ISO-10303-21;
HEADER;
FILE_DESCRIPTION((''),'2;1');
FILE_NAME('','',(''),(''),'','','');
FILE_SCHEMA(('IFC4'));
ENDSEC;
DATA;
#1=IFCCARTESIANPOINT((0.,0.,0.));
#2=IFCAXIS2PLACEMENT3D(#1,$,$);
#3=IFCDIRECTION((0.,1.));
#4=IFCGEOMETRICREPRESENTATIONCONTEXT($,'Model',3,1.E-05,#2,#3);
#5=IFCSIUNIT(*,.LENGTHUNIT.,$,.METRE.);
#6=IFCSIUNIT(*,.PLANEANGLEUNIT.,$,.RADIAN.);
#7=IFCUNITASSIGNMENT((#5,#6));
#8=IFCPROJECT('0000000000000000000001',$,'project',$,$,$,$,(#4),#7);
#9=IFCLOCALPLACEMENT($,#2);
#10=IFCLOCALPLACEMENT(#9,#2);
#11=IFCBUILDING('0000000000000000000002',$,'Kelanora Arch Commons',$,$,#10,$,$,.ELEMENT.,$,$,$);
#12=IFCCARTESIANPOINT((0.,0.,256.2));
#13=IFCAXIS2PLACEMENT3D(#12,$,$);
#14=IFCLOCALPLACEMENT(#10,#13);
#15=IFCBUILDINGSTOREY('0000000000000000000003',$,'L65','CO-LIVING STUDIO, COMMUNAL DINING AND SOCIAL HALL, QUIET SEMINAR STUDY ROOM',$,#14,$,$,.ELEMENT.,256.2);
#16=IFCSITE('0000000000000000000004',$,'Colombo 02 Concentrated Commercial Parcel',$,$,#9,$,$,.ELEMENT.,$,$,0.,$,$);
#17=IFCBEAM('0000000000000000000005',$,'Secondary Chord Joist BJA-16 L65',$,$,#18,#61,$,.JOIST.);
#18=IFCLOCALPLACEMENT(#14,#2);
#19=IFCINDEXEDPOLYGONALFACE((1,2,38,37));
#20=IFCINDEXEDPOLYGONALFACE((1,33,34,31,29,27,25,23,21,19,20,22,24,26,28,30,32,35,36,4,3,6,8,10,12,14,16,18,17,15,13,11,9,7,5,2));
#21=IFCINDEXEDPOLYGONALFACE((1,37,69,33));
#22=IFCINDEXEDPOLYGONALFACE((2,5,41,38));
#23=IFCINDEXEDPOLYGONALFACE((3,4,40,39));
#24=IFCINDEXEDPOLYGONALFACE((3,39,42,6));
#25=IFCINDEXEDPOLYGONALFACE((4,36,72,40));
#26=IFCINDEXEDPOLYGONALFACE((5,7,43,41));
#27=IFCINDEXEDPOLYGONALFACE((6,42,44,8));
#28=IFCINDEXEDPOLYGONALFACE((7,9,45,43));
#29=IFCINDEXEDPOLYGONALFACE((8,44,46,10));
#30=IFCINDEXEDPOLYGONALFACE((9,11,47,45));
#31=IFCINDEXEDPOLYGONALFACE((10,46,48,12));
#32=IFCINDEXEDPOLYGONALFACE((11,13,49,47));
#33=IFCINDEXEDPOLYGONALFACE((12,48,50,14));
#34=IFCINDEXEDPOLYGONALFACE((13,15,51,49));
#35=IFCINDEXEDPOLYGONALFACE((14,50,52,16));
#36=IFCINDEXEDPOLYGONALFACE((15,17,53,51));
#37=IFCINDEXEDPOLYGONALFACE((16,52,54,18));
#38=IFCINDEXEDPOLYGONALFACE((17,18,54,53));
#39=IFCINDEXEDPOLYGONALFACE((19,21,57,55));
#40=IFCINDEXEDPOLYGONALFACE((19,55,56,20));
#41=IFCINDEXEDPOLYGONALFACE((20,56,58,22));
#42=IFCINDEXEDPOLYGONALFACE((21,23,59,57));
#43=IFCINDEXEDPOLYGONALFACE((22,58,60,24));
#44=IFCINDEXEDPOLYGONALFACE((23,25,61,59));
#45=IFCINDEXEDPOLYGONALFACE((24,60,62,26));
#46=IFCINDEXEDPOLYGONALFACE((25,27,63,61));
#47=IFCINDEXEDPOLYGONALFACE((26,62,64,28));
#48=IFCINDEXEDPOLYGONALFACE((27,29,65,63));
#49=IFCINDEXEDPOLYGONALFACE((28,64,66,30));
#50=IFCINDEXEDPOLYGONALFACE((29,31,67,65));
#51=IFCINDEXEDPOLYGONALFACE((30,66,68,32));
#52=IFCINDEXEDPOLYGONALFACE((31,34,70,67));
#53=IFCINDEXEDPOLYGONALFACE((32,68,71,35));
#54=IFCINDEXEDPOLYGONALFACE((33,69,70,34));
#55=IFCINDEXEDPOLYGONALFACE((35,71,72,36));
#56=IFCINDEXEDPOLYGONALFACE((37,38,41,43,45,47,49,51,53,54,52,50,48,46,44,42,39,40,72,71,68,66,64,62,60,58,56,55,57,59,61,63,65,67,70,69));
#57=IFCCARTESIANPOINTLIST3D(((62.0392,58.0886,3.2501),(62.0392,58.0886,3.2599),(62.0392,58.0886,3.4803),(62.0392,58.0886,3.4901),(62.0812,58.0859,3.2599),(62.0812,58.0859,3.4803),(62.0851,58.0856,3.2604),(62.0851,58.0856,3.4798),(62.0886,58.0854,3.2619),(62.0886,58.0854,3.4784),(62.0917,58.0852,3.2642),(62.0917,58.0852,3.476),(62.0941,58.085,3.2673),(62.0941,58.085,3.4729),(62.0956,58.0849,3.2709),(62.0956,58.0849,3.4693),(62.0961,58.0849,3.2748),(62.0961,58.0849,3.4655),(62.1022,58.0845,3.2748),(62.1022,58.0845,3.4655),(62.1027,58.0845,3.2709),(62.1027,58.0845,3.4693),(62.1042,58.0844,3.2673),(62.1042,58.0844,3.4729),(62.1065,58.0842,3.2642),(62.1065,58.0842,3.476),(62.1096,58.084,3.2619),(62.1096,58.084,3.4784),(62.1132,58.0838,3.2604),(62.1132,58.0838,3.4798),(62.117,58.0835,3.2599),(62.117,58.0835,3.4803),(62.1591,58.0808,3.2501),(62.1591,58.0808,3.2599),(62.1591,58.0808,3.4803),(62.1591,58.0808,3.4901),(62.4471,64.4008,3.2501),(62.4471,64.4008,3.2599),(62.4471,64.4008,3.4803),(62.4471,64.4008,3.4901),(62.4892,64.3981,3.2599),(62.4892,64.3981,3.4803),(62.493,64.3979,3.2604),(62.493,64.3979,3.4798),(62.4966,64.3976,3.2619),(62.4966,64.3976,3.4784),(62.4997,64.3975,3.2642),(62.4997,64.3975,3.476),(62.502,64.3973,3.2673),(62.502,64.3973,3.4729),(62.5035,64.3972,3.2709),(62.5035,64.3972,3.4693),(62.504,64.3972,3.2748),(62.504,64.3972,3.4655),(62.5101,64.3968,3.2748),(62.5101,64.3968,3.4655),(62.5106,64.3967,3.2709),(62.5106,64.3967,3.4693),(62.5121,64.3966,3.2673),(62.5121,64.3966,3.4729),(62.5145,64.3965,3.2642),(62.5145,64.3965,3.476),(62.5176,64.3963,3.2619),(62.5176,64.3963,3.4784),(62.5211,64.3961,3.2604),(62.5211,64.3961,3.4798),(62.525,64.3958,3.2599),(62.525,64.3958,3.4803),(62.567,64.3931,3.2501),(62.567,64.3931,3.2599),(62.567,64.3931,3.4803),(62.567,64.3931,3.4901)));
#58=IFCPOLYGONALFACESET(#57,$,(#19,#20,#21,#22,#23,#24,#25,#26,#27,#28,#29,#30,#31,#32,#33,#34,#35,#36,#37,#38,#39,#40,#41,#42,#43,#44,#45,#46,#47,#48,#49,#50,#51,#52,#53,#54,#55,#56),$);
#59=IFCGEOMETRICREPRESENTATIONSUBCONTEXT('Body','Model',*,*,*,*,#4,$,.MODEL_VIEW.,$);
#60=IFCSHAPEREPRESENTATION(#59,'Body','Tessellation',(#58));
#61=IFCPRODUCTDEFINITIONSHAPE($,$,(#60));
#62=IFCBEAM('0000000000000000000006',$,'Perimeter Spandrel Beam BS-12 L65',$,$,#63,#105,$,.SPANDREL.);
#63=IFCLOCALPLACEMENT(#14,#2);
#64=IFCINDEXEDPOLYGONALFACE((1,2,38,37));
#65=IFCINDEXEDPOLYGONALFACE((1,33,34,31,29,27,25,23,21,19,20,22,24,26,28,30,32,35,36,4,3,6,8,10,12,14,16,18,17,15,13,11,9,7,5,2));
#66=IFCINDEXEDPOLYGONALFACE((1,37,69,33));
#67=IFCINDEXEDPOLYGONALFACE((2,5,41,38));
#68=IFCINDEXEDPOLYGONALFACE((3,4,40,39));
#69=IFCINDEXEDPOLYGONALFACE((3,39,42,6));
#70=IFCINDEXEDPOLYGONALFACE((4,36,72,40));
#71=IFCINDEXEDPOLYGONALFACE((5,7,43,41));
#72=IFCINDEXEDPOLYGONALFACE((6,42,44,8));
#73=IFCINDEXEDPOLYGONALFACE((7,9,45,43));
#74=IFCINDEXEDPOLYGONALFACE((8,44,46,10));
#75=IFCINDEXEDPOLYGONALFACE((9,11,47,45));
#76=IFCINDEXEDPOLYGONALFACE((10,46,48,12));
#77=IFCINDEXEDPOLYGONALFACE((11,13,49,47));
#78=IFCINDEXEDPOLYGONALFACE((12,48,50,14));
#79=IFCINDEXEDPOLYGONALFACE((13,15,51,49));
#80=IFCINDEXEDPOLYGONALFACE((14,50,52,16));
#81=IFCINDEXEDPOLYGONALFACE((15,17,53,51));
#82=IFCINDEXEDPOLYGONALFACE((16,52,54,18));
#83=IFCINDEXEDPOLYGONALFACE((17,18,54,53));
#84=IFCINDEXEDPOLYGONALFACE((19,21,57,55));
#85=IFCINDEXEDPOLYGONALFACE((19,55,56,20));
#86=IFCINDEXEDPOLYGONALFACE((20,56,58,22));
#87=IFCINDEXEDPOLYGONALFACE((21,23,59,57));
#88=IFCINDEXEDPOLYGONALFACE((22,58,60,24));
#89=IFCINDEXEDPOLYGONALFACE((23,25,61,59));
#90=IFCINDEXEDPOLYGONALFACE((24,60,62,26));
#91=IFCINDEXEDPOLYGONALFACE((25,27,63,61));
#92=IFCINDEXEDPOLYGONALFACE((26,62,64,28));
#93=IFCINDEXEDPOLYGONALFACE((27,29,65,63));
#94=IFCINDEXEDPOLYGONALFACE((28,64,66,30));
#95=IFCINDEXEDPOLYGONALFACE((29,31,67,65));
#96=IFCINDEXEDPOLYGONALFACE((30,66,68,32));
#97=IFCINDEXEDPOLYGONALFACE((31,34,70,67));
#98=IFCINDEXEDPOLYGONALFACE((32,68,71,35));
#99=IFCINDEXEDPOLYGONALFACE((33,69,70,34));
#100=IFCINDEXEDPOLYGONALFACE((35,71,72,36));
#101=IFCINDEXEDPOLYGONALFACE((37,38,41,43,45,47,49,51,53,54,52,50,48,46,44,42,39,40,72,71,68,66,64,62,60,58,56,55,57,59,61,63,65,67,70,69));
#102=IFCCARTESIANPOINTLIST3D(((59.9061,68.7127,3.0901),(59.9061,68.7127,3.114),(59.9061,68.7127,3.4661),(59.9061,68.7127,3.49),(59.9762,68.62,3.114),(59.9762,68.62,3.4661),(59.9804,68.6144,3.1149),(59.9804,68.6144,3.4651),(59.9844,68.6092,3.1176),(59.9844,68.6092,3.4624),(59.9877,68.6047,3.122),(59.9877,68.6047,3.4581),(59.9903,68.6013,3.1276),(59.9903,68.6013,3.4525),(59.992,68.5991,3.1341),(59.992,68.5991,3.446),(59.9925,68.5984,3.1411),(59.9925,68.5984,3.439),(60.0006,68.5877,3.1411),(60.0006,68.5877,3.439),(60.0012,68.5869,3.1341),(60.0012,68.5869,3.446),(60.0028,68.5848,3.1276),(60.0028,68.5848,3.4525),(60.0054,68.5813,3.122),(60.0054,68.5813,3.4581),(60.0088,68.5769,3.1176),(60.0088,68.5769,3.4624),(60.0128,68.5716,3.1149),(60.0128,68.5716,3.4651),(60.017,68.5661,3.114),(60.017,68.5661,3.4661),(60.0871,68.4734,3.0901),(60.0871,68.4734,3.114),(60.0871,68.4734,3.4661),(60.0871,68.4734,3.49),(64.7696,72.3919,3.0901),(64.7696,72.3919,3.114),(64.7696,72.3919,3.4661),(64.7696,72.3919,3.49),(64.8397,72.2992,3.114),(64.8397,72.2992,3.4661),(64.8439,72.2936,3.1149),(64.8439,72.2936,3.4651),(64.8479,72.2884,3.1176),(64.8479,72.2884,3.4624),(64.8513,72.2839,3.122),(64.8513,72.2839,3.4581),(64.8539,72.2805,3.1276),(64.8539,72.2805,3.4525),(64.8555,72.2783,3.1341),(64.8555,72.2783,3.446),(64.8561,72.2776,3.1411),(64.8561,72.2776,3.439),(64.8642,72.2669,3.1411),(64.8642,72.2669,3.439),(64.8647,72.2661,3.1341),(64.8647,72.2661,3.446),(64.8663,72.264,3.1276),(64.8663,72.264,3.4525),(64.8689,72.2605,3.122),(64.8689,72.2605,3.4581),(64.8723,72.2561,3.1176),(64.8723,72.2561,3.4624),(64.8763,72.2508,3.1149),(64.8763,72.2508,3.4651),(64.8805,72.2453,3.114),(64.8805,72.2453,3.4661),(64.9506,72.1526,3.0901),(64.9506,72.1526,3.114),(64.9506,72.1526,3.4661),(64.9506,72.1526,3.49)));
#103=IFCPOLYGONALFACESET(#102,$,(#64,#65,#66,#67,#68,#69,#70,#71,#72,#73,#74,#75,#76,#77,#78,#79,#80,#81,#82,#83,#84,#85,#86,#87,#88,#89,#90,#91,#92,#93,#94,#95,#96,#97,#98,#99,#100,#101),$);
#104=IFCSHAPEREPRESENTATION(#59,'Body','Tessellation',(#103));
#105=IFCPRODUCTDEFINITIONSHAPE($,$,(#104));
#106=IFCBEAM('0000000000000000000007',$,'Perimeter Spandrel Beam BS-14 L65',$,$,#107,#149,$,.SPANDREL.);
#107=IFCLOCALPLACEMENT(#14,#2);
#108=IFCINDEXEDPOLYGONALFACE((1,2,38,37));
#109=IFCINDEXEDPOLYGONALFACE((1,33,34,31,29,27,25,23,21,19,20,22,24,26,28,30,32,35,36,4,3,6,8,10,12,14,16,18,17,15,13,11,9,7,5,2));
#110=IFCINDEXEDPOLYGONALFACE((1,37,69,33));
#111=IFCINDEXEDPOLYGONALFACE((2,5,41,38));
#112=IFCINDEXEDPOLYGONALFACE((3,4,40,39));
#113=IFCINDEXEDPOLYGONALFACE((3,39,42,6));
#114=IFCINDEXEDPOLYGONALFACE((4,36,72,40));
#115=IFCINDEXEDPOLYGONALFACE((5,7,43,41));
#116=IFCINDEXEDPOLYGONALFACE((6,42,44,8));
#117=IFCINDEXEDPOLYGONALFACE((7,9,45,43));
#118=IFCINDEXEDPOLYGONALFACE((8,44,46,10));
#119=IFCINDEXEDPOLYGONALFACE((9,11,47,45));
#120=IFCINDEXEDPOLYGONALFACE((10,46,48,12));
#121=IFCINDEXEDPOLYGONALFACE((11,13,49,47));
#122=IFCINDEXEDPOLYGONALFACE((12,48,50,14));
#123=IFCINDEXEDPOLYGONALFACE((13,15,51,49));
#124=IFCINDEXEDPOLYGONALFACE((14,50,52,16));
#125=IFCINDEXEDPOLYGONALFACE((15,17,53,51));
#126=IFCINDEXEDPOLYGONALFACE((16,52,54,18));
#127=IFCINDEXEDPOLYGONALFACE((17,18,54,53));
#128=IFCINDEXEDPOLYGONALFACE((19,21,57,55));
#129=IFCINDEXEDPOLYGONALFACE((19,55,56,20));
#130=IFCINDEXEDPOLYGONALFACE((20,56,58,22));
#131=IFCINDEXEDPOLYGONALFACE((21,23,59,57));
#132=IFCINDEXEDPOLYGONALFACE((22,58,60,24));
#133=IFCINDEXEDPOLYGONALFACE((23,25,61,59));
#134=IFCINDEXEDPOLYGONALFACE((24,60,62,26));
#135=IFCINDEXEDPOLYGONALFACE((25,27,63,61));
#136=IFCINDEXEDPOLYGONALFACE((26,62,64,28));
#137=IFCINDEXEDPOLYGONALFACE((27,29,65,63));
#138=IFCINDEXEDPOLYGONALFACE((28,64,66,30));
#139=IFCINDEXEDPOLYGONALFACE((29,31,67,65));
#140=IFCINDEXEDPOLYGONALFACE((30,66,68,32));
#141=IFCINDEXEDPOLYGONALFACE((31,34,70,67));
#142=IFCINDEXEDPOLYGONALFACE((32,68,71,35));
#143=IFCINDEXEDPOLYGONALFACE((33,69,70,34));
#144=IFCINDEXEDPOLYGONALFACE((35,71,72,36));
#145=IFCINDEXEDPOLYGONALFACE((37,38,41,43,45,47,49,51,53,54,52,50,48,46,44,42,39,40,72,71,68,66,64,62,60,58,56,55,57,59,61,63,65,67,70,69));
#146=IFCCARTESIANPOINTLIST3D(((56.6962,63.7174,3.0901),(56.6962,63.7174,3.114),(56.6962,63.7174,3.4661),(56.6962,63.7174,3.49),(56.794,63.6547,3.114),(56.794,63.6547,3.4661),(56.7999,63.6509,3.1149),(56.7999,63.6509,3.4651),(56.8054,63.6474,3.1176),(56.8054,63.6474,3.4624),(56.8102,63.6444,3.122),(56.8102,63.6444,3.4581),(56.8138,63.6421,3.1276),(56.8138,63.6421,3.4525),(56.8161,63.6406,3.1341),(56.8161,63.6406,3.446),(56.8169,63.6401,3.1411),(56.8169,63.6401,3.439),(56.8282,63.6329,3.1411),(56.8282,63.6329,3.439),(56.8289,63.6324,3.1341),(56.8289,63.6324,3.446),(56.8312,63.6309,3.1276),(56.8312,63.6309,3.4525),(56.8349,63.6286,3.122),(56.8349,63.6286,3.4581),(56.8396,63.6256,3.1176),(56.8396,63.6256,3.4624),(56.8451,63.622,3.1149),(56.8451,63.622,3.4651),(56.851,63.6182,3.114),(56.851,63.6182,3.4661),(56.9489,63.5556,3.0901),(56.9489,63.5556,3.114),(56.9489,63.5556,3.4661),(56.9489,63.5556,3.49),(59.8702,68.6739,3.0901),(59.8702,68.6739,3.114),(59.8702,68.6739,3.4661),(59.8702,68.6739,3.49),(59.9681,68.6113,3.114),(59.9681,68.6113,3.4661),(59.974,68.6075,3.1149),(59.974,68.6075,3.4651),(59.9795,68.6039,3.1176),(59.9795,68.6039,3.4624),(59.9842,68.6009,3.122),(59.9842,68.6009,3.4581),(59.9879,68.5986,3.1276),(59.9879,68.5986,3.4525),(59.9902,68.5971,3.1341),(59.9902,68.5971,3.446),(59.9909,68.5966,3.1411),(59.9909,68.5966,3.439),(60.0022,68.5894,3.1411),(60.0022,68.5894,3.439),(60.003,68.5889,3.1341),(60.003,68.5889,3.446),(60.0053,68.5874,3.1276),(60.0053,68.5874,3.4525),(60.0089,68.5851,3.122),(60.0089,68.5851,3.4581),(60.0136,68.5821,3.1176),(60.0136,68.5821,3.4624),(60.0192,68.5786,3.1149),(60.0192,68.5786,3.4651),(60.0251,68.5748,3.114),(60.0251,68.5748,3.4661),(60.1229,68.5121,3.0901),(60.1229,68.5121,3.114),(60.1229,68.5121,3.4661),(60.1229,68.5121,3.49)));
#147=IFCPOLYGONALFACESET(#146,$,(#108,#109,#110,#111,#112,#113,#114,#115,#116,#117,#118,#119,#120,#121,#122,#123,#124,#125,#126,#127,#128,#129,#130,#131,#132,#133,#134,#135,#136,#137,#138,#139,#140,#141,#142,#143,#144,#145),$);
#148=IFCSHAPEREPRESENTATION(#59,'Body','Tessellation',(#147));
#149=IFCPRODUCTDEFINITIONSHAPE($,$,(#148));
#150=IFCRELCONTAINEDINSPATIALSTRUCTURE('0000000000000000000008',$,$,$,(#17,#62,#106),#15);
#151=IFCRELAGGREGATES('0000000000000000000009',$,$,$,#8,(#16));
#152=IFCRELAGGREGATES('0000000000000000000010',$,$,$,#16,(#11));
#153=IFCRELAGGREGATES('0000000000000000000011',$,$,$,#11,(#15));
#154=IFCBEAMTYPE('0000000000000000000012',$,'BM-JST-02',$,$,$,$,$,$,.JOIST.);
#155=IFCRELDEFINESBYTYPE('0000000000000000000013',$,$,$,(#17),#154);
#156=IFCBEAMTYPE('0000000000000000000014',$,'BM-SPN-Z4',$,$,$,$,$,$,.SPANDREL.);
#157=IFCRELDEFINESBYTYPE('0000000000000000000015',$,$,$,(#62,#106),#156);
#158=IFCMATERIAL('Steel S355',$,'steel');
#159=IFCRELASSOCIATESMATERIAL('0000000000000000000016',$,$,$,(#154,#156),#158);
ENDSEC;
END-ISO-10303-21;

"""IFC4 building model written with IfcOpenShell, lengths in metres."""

from ifc_helpers import new_model, si_unit, direction, frame, origin, origin_2d, place, context, subcontext, project, spatial, i_section, extrude, material, material_profile, profile_set, type_object, element, save


model = new_model("IFC4")

# Units and contexts
model_context = context("Model", 3, precision=1e-05, world=origin(), true_north=direction((0.0, 1.0)))
body_context = subcontext(model_context, "Body", "Model", "MODEL_VIEW")
ifc_project = project(units=[si_unit("LENGTHUNIT", "METRE"), si_unit("PLANEANGLEUNIT", "RADIAN")], contexts=[model_context])

# Site, building, storey
site_placement = place(None, origin())
site = spatial("IfcSite", under=ifc_project, at=site_placement, Name="Colombo 02 Concentrated Commercial Parcel", CompositionType="ELEMENT", RefElevation=0.0)
building_placement = place(site_placement, origin())
building = spatial("IfcBuilding", under=site, at=building_placement, Name="Kelanora Arch Commons", CompositionType="ELEMENT")
storey_placement = place(building_placement, frame((0.0, 0.0, 256.2)))
storey = spatial("IfcBuildingStorey", under=building, at=storey_placement, Name="L65", Description="CO-LIVING STUDIO, COMMUNAL DINING AND SOCIAL HALL, QUIET SEMINAR STUDY ROOM", CompositionType="ELEMENT", Elevation=256.2)

# Beams
ifc_material_1 = material(Name="Steel S355", Category="steel")
ifc_material_profile_1 = material_profile(ifc_material_1, i_section(OverallWidth=0.1201, OverallDepth=0.24, WebThickness=0.0061, FlangeThickness=0.0098, FilletRadius=0.0149, at=origin_2d()), Name="IPE240")
ifc_profile_set_1 = profile_set([ifc_material_profile_1], Name="Steel S355")
beam_type_1 = type_object("IfcBeamType", Name="BM-JST-02", PredefinedType="JOIST", material=ifc_profile_set_1)
beam_1_placement = place(storey_placement, frame((62.5071, 64.397, 3.3701), z_axis=(-0.064495, -0.997918, 0.0), x_axis=(0.997918, -0.064495, 0.0)))
element("IfcBeam", 1, at=beam_1_placement, inside=storey, type_object=beam_type_1, Name="Secondary Chord Joist BJA-16 L65", PredefinedType="JOIST", context=body_context, shape_type="SweptSolid", body=[
    extrude(i_section(OverallWidth=0.1201, OverallDepth=0.24, WebThickness=0.0061, FlangeThickness=0.0098, FilletRadius=0.0149, at=origin_2d()), origin(), (0.0, 0.0, 1.0), 6.3254),
])
ifc_material_profile_2 = material_profile(ifc_material_1, i_section(OverallWidth=0.3, OverallDepth=0.3999, WebThickness=0.0134, FlangeThickness=0.0239, FilletRadius=0.0271, at=origin_2d()), Name="HEB400")
ifc_profile_set_2 = profile_set([ifc_material_profile_2], Name="Steel S355")
beam_type_2 = type_object("IfcBeamType", Name="BM-SPN-Z4", PredefinedType="SPANDREL", material=ifc_profile_set_2)
beam_2_placement = place(storey_placement, frame((64.8601, 72.2722, 3.29), z_axis=(-0.797509, -0.603306, 0.0), x_axis=(0.603306, -0.797509, 0.0)))
element("IfcBeam", 2, at=beam_2_placement, inside=storey, type_object=beam_type_2, Name="Perimeter Spandrel Beam BS-12 L65", PredefinedType="SPANDREL", context=body_context, shape_type="SweptSolid", body=[
    extrude(i_section(OverallWidth=0.3, OverallDepth=0.3999, WebThickness=0.0134, FlangeThickness=0.0239, FilletRadius=0.0271, at=origin_2d()), origin(), (0.0, 0.0, 1.0), 6.0984),
])
beam_3_placement = place(storey_placement, frame((59.9966, 68.593, 3.29), z_axis=(-0.539281, -0.842126, 0.0), x_axis=(0.842126, -0.539281, 0.0)))
element("IfcBeam", 3, at=beam_3_placement, inside=storey, type_object=beam_type_2, Name="Perimeter Spandrel Beam BS-14 L65", PredefinedType="SPANDREL", context=body_context, shape_type="SweptSolid", body=[
    extrude(i_section(OverallWidth=0.3, OverallDepth=0.3999, WebThickness=0.0134, FlangeThickness=0.0239, FilletRadius=0.0271, at=origin_2d()), origin(), (0.0, 0.0, 1.0), 5.8857),
])

save(model, "model.ifc")
